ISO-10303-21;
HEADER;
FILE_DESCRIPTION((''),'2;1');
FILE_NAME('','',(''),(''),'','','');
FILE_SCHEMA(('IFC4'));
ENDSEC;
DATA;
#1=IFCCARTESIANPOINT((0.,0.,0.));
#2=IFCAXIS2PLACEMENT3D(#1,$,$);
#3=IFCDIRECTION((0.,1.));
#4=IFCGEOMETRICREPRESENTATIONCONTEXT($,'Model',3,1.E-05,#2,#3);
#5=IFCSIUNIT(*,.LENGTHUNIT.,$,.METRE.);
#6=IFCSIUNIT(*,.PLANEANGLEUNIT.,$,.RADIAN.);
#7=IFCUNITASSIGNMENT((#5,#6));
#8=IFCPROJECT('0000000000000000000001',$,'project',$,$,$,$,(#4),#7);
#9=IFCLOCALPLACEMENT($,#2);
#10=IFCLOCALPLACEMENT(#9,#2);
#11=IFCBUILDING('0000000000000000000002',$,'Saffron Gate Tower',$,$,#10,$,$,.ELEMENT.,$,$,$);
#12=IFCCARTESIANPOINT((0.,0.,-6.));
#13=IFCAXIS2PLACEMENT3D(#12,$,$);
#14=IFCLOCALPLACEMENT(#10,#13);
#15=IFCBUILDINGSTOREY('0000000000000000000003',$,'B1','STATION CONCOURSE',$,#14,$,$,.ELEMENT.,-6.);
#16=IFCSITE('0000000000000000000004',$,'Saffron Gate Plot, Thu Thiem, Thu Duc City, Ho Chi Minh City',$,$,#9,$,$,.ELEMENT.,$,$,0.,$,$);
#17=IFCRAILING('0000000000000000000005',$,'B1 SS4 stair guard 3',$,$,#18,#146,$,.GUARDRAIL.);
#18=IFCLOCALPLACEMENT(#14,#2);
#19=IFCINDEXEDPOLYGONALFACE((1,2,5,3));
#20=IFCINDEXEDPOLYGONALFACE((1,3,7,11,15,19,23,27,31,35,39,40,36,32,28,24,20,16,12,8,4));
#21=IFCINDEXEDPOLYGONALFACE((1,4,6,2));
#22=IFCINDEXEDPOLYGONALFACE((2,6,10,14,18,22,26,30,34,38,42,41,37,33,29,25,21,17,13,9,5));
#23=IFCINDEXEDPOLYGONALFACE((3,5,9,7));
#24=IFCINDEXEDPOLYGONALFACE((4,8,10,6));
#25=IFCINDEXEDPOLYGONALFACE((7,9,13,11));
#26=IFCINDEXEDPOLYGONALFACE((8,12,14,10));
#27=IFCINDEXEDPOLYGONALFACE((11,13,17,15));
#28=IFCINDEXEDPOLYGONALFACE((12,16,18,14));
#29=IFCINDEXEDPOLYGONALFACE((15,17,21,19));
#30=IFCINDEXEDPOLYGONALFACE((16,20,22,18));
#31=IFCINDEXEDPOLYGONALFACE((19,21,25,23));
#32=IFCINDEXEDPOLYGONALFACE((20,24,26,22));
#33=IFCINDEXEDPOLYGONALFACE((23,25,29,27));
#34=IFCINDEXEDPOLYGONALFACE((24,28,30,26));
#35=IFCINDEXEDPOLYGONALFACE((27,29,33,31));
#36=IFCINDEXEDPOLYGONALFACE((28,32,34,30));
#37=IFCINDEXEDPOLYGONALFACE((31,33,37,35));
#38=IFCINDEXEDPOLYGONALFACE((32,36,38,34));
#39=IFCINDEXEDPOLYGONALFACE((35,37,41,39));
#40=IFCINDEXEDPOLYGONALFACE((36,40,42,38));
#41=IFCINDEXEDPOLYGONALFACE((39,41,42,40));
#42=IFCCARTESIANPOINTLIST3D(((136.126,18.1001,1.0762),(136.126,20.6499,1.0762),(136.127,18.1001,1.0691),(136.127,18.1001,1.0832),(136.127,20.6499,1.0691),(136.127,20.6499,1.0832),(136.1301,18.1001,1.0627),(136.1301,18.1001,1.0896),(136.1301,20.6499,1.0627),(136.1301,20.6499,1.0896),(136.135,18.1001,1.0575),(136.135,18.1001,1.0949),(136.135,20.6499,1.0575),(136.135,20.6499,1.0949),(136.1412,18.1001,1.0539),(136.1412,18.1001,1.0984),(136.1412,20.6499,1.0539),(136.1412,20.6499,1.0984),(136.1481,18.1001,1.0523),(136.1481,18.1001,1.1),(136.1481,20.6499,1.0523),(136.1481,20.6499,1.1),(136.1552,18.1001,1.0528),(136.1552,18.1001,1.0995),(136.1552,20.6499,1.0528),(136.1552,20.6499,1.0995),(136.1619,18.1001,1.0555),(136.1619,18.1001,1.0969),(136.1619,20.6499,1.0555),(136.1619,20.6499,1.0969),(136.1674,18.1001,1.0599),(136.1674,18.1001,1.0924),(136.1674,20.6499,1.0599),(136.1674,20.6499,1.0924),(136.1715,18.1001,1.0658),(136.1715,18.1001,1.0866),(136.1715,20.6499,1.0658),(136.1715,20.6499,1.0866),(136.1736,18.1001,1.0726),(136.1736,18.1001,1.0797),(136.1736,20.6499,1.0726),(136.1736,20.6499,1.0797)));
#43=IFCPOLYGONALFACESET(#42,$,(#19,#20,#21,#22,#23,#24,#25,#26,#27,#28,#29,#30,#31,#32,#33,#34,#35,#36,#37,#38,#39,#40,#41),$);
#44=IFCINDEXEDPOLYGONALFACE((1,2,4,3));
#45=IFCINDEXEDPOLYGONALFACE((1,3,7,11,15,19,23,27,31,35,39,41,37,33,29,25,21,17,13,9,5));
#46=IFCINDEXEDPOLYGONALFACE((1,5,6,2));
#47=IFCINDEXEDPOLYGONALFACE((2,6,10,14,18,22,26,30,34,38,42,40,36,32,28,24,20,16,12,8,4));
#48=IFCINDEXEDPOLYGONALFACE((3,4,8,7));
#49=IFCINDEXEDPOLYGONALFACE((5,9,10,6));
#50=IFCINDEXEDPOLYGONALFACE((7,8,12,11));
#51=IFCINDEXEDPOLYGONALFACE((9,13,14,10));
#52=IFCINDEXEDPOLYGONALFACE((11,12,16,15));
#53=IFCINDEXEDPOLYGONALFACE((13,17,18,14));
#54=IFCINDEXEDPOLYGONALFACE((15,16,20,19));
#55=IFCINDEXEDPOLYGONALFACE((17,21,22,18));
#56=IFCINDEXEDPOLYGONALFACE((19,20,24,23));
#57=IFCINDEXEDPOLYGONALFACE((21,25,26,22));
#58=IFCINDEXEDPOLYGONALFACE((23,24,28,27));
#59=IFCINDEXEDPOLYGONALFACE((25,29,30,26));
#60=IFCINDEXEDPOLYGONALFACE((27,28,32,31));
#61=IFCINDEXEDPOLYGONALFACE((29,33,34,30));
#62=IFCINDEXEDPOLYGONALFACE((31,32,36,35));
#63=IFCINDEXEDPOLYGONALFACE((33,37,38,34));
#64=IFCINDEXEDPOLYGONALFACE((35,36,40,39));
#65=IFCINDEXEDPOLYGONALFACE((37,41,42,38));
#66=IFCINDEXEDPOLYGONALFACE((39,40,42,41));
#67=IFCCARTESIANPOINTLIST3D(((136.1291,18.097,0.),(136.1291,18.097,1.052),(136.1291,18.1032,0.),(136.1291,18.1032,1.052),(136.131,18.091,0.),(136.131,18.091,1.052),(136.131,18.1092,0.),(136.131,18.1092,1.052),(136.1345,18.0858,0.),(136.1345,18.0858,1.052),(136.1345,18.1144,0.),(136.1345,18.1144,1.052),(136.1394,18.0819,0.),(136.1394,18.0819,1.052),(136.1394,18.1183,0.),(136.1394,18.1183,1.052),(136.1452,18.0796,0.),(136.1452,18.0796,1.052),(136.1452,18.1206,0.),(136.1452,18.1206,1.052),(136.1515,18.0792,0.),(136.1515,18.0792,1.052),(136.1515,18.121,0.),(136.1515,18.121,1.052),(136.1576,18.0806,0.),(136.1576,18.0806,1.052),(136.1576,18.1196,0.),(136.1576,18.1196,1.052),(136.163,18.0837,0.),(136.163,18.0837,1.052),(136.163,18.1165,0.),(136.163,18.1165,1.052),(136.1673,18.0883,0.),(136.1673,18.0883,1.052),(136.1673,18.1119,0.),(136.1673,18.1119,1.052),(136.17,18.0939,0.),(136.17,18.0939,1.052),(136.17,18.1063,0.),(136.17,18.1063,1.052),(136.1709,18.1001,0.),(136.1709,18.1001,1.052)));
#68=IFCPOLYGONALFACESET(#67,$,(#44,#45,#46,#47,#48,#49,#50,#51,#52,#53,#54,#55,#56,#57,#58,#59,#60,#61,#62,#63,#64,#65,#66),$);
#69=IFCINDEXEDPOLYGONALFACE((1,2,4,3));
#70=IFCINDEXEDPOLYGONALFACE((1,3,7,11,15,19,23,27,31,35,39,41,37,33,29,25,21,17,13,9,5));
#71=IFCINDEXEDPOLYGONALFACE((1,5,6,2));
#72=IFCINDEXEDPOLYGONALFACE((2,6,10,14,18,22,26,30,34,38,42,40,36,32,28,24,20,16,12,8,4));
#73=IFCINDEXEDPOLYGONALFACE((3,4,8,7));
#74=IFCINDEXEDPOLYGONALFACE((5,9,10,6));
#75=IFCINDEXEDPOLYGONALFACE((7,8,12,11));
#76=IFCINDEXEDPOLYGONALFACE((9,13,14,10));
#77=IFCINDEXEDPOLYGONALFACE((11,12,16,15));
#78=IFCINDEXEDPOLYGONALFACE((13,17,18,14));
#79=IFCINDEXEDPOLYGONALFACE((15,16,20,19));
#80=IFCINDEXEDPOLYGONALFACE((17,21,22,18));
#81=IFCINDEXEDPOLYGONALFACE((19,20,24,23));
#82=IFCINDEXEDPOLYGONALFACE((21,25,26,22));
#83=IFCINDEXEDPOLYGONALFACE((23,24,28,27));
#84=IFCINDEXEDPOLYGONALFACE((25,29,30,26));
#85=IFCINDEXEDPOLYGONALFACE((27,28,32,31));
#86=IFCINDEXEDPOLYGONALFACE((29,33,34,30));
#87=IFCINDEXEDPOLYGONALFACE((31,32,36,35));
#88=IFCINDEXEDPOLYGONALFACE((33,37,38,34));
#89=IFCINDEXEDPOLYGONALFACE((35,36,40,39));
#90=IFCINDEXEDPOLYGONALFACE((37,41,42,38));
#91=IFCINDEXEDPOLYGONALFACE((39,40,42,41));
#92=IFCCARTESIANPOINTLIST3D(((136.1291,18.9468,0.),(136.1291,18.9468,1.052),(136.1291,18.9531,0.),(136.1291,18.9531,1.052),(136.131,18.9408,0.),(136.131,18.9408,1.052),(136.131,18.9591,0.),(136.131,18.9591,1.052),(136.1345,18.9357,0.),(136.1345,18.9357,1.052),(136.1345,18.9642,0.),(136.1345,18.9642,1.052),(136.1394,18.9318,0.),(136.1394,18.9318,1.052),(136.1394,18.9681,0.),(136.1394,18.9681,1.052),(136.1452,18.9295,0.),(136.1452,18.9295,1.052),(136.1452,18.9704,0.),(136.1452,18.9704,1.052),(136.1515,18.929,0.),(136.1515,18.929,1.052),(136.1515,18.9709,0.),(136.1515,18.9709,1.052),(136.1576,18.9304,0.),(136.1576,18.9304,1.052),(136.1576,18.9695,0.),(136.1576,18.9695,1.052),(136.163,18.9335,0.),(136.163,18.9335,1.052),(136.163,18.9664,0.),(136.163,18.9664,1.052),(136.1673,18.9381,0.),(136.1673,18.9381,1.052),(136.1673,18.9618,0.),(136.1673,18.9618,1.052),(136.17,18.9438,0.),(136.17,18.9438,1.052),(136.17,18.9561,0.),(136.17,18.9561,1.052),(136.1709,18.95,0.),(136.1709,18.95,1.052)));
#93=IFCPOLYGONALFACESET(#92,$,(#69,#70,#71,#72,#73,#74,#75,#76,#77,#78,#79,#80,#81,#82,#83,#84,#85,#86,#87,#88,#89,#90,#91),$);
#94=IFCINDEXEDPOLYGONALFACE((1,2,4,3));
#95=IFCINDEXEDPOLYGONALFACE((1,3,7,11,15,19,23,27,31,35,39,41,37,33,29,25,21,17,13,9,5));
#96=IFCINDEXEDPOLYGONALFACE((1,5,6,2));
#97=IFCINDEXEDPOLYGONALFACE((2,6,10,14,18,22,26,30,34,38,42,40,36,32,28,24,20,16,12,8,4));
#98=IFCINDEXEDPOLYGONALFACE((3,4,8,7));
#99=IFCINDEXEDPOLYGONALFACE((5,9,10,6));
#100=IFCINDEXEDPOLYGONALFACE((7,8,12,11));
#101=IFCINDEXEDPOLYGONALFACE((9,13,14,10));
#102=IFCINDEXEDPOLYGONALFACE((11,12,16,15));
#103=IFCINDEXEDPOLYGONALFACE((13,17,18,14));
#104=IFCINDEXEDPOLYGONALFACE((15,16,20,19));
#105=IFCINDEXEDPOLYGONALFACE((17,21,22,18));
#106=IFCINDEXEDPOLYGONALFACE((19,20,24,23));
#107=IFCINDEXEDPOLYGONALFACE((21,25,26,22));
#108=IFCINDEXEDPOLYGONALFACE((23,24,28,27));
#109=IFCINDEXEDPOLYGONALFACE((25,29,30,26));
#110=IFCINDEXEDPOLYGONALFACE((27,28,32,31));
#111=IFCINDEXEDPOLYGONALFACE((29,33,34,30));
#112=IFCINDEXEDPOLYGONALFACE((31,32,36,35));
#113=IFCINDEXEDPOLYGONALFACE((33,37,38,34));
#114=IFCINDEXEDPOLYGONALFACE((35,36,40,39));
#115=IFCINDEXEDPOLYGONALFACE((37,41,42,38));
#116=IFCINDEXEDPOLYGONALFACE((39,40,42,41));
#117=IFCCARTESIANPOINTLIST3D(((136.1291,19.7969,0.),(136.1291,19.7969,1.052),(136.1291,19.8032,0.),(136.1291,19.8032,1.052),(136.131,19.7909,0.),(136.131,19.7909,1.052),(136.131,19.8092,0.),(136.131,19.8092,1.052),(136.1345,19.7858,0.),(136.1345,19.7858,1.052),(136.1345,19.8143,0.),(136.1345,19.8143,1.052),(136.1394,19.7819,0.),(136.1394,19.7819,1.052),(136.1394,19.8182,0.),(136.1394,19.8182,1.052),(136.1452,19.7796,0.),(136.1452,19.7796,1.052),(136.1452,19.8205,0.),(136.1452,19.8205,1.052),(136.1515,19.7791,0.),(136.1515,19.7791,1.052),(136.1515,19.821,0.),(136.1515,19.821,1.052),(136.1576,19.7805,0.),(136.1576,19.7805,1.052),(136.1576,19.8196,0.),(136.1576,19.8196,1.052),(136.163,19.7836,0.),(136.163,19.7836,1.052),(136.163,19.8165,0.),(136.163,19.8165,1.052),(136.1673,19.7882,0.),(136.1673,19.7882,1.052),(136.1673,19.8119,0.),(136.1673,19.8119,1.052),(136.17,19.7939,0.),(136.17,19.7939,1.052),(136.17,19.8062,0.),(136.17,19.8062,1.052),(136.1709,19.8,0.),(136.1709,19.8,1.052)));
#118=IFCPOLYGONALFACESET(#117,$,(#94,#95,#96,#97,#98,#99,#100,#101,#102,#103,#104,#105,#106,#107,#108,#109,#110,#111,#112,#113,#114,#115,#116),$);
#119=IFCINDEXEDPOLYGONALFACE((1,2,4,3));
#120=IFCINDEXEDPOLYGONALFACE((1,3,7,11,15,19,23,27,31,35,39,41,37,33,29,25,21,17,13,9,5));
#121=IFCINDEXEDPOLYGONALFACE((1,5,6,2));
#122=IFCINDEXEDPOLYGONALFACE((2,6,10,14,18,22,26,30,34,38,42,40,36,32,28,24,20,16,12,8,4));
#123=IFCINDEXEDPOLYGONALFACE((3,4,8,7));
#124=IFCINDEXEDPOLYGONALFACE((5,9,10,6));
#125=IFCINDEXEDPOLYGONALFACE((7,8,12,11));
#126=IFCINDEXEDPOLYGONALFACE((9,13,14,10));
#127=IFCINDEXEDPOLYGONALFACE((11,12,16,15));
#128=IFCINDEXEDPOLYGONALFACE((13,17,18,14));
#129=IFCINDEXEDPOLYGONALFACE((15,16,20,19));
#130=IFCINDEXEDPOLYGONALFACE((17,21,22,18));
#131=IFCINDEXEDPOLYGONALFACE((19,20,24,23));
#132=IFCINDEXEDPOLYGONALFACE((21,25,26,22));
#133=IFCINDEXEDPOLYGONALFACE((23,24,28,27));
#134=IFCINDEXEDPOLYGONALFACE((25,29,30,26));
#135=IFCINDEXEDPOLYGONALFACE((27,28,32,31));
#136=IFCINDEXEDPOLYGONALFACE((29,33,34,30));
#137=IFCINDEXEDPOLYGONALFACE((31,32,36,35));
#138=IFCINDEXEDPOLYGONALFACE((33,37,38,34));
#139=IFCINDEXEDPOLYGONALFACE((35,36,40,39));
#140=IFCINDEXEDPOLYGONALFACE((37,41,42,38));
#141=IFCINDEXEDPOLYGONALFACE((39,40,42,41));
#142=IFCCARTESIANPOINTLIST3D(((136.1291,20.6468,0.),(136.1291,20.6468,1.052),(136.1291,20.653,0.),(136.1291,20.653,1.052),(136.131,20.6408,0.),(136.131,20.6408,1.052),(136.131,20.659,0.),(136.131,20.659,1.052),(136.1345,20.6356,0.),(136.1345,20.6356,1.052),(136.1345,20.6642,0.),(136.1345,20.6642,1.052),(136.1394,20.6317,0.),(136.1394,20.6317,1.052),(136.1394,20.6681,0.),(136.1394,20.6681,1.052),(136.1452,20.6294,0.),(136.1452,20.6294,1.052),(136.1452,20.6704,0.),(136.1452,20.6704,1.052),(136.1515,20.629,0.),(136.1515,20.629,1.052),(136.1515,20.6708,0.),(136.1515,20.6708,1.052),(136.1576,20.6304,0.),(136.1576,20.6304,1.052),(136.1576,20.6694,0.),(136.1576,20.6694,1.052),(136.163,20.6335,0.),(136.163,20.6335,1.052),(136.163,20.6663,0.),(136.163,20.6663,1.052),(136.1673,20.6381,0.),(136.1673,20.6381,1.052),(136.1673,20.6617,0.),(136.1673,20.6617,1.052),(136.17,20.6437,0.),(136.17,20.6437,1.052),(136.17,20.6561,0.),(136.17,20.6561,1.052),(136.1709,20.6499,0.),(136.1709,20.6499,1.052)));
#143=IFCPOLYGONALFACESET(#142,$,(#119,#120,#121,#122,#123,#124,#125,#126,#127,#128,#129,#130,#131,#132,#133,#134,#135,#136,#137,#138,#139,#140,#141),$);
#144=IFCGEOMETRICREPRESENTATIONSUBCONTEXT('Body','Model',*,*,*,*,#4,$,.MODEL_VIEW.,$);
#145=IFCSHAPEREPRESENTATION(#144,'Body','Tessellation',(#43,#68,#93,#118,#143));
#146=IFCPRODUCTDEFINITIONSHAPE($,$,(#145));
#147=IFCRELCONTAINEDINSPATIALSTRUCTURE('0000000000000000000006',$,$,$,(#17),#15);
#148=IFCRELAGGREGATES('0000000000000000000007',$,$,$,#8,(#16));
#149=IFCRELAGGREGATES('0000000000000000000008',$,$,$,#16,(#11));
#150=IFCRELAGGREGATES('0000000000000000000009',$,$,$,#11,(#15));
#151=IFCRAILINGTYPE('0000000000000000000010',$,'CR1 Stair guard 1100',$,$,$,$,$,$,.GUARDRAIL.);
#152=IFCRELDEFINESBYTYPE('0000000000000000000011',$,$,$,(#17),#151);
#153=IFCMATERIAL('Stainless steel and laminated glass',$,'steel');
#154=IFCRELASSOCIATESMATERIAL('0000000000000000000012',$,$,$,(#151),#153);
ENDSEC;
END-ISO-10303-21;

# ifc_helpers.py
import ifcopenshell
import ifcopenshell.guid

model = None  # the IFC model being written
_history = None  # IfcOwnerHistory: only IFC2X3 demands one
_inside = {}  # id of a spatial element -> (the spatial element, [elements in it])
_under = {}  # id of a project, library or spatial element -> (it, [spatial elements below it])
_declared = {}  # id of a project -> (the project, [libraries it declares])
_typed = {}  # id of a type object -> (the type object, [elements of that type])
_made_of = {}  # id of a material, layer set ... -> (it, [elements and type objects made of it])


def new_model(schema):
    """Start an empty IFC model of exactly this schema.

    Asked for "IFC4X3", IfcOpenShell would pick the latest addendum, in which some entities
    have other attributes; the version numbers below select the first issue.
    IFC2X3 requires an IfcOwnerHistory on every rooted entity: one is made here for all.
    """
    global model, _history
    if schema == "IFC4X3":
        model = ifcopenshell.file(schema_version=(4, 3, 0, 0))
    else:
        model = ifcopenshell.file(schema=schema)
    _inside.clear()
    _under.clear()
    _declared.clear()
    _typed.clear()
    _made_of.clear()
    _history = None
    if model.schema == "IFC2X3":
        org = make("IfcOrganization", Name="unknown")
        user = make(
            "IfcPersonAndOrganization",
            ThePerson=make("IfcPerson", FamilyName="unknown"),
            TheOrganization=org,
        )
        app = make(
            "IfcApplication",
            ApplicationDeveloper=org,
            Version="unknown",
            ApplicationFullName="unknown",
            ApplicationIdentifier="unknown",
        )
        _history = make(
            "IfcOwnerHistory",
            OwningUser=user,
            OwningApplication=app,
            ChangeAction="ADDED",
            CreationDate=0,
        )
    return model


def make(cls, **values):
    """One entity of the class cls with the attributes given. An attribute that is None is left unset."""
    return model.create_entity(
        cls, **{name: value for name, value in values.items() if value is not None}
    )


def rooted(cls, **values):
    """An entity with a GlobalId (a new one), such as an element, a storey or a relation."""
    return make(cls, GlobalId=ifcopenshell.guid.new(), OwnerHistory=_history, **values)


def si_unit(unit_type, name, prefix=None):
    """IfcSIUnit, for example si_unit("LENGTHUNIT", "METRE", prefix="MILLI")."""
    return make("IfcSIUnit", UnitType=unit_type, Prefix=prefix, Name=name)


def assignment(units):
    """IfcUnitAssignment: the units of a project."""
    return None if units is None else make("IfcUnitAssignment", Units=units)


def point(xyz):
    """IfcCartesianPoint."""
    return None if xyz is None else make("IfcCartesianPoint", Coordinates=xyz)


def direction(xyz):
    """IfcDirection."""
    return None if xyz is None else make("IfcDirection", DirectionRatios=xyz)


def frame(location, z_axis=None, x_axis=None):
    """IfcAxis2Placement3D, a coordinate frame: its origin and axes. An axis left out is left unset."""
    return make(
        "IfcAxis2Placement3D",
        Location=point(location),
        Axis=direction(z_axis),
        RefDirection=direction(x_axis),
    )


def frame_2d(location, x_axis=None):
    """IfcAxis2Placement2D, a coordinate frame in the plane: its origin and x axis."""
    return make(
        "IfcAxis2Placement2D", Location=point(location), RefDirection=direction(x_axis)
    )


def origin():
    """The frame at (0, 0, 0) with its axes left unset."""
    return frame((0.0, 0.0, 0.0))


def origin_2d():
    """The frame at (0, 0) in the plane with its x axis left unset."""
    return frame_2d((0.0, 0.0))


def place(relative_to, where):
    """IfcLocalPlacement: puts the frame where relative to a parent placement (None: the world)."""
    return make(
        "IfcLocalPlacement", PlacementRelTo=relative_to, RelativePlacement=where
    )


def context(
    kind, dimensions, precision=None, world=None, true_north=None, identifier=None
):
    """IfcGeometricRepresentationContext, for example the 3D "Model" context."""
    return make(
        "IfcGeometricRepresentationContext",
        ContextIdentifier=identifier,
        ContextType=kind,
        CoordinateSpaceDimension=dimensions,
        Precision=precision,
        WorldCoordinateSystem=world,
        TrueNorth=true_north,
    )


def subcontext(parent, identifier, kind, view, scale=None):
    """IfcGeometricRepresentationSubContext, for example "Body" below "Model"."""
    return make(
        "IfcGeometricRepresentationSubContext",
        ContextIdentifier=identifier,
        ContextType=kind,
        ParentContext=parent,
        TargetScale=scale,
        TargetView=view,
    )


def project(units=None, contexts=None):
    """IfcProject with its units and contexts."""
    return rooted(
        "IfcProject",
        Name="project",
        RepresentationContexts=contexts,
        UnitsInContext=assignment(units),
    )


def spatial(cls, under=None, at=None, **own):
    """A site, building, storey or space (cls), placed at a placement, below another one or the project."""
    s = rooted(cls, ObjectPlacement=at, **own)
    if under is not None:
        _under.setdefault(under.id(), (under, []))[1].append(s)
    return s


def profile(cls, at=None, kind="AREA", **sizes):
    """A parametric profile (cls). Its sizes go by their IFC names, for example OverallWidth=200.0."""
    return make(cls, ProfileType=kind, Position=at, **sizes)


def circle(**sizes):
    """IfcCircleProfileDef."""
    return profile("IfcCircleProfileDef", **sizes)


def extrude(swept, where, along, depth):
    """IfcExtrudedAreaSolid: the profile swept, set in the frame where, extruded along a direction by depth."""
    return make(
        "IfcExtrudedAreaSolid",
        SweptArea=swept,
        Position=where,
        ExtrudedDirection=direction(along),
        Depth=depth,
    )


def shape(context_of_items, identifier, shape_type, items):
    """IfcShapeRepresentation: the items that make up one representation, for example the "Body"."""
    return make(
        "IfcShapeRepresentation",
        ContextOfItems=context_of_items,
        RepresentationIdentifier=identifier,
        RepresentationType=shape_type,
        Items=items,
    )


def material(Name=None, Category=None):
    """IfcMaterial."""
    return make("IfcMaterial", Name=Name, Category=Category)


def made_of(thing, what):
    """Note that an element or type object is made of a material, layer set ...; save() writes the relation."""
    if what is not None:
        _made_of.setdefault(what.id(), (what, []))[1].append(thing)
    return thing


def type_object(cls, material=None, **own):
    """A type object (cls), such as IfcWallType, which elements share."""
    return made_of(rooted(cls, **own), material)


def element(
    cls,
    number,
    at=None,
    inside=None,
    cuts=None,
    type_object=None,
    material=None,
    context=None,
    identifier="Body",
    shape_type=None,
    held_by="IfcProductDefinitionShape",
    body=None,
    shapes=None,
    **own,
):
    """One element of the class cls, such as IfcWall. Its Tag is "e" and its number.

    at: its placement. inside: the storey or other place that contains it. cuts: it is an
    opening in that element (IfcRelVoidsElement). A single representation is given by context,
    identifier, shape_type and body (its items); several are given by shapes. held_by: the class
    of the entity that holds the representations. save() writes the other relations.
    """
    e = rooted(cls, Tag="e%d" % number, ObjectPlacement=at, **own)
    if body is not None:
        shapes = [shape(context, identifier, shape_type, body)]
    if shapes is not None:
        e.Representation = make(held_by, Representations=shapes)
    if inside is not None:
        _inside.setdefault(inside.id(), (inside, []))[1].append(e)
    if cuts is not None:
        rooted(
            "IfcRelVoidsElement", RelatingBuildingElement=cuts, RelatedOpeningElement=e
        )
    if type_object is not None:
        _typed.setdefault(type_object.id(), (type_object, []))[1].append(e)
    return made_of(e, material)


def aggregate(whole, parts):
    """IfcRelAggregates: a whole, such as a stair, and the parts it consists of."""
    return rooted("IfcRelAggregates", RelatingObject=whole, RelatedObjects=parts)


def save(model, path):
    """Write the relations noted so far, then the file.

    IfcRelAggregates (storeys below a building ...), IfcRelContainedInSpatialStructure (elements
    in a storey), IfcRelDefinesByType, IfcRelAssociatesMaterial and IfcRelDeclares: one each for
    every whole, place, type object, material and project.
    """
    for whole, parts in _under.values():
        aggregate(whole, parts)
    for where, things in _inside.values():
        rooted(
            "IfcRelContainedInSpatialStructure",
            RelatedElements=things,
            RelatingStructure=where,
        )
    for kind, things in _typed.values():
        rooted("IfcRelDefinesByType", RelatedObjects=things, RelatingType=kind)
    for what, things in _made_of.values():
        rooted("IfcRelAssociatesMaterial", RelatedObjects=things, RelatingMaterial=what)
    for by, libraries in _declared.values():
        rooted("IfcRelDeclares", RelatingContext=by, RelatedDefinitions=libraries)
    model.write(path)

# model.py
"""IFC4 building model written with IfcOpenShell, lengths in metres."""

from ifc_helpers import new_model, si_unit, direction, frame, origin, origin_2d, place, context, subcontext, project, spatial, circle, extrude, material, type_object, element, save


model = new_model("IFC4")

# Units and contexts
model_context = context("Model", 3, precision=1e-05, world=origin(), true_north=direction((0.0, 1.0)))
body_context = subcontext(model_context, "Body", "Model", "MODEL_VIEW")
ifc_project = project(units=[si_unit("LENGTHUNIT", "METRE"), si_unit("PLANEANGLEUNIT", "RADIAN")], contexts=[model_context])

# Site, building, storey
site_placement = place(None, origin())
site = spatial("IfcSite", under=ifc_project, at=site_placement, Name="Saffron Gate Plot, Thu Thiem, Thu Duc City, Ho Chi Minh City", CompositionType="ELEMENT", RefElevation=0.0)
building_placement = place(site_placement, origin())
building = spatial("IfcBuilding", under=site, at=building_placement, Name="Saffron Gate Tower", CompositionType="ELEMENT")
storey_placement = place(building_placement, frame((0.0, 0.0, -6.0)))
storey = spatial("IfcBuildingStorey", under=building, at=storey_placement, Name="B1", Description="STATION CONCOURSE", CompositionType="ELEMENT", Elevation=-6.0)

# Railing
ifc_material_1 = material(Name="Stainless steel and laminated glass", Category="steel")
railing_type_1 = type_object("IfcRailingType", Name="CR1 Stair guard 1100", PredefinedType="GUARDRAIL", material=ifc_material_1)
for number, where, name in (
    (1, (136.1499, 18.1001, 0.0), "B1 SS4 stair guard 3"),
):
    element("IfcRailing", number, at=place(storey_placement, frame(where)), inside=storey, type_object=railing_type_1, Name=name, PredefinedType="GUARDRAIL", context=body_context, shape_type="SweptSolid", body=[
        extrude(circle(Radius=0.0239, at=origin_2d()), frame((0.0, 0.0, 1.0762), z_axis=(0.0, 1.0, 0.0), x_axis=(-1.0, 0.0, 0.0)), (0.0, 0.0, 1.0), 2.5498),
        extrude(circle(Radius=0.021, at=origin_2d()), origin(), (0.0, 0.0, 1.0), 1.052),
        extrude(circle(Radius=0.021, at=origin_2d()), frame((0.0, 0.8499, 0.0)), (0.0, 0.0, 1.0), 1.052),
        extrude(circle(Radius=0.021, at=origin_2d()), frame((0.0, 1.7, 0.0)), (0.0, 0.0, 1.0), 1.052),
        extrude(circle(Radius=0.021, at=origin_2d()), frame((0.0, 2.5498, 0.0)), (0.0, 0.0, 1.0), 1.052),
    ])

save(model, "model.ifc")
